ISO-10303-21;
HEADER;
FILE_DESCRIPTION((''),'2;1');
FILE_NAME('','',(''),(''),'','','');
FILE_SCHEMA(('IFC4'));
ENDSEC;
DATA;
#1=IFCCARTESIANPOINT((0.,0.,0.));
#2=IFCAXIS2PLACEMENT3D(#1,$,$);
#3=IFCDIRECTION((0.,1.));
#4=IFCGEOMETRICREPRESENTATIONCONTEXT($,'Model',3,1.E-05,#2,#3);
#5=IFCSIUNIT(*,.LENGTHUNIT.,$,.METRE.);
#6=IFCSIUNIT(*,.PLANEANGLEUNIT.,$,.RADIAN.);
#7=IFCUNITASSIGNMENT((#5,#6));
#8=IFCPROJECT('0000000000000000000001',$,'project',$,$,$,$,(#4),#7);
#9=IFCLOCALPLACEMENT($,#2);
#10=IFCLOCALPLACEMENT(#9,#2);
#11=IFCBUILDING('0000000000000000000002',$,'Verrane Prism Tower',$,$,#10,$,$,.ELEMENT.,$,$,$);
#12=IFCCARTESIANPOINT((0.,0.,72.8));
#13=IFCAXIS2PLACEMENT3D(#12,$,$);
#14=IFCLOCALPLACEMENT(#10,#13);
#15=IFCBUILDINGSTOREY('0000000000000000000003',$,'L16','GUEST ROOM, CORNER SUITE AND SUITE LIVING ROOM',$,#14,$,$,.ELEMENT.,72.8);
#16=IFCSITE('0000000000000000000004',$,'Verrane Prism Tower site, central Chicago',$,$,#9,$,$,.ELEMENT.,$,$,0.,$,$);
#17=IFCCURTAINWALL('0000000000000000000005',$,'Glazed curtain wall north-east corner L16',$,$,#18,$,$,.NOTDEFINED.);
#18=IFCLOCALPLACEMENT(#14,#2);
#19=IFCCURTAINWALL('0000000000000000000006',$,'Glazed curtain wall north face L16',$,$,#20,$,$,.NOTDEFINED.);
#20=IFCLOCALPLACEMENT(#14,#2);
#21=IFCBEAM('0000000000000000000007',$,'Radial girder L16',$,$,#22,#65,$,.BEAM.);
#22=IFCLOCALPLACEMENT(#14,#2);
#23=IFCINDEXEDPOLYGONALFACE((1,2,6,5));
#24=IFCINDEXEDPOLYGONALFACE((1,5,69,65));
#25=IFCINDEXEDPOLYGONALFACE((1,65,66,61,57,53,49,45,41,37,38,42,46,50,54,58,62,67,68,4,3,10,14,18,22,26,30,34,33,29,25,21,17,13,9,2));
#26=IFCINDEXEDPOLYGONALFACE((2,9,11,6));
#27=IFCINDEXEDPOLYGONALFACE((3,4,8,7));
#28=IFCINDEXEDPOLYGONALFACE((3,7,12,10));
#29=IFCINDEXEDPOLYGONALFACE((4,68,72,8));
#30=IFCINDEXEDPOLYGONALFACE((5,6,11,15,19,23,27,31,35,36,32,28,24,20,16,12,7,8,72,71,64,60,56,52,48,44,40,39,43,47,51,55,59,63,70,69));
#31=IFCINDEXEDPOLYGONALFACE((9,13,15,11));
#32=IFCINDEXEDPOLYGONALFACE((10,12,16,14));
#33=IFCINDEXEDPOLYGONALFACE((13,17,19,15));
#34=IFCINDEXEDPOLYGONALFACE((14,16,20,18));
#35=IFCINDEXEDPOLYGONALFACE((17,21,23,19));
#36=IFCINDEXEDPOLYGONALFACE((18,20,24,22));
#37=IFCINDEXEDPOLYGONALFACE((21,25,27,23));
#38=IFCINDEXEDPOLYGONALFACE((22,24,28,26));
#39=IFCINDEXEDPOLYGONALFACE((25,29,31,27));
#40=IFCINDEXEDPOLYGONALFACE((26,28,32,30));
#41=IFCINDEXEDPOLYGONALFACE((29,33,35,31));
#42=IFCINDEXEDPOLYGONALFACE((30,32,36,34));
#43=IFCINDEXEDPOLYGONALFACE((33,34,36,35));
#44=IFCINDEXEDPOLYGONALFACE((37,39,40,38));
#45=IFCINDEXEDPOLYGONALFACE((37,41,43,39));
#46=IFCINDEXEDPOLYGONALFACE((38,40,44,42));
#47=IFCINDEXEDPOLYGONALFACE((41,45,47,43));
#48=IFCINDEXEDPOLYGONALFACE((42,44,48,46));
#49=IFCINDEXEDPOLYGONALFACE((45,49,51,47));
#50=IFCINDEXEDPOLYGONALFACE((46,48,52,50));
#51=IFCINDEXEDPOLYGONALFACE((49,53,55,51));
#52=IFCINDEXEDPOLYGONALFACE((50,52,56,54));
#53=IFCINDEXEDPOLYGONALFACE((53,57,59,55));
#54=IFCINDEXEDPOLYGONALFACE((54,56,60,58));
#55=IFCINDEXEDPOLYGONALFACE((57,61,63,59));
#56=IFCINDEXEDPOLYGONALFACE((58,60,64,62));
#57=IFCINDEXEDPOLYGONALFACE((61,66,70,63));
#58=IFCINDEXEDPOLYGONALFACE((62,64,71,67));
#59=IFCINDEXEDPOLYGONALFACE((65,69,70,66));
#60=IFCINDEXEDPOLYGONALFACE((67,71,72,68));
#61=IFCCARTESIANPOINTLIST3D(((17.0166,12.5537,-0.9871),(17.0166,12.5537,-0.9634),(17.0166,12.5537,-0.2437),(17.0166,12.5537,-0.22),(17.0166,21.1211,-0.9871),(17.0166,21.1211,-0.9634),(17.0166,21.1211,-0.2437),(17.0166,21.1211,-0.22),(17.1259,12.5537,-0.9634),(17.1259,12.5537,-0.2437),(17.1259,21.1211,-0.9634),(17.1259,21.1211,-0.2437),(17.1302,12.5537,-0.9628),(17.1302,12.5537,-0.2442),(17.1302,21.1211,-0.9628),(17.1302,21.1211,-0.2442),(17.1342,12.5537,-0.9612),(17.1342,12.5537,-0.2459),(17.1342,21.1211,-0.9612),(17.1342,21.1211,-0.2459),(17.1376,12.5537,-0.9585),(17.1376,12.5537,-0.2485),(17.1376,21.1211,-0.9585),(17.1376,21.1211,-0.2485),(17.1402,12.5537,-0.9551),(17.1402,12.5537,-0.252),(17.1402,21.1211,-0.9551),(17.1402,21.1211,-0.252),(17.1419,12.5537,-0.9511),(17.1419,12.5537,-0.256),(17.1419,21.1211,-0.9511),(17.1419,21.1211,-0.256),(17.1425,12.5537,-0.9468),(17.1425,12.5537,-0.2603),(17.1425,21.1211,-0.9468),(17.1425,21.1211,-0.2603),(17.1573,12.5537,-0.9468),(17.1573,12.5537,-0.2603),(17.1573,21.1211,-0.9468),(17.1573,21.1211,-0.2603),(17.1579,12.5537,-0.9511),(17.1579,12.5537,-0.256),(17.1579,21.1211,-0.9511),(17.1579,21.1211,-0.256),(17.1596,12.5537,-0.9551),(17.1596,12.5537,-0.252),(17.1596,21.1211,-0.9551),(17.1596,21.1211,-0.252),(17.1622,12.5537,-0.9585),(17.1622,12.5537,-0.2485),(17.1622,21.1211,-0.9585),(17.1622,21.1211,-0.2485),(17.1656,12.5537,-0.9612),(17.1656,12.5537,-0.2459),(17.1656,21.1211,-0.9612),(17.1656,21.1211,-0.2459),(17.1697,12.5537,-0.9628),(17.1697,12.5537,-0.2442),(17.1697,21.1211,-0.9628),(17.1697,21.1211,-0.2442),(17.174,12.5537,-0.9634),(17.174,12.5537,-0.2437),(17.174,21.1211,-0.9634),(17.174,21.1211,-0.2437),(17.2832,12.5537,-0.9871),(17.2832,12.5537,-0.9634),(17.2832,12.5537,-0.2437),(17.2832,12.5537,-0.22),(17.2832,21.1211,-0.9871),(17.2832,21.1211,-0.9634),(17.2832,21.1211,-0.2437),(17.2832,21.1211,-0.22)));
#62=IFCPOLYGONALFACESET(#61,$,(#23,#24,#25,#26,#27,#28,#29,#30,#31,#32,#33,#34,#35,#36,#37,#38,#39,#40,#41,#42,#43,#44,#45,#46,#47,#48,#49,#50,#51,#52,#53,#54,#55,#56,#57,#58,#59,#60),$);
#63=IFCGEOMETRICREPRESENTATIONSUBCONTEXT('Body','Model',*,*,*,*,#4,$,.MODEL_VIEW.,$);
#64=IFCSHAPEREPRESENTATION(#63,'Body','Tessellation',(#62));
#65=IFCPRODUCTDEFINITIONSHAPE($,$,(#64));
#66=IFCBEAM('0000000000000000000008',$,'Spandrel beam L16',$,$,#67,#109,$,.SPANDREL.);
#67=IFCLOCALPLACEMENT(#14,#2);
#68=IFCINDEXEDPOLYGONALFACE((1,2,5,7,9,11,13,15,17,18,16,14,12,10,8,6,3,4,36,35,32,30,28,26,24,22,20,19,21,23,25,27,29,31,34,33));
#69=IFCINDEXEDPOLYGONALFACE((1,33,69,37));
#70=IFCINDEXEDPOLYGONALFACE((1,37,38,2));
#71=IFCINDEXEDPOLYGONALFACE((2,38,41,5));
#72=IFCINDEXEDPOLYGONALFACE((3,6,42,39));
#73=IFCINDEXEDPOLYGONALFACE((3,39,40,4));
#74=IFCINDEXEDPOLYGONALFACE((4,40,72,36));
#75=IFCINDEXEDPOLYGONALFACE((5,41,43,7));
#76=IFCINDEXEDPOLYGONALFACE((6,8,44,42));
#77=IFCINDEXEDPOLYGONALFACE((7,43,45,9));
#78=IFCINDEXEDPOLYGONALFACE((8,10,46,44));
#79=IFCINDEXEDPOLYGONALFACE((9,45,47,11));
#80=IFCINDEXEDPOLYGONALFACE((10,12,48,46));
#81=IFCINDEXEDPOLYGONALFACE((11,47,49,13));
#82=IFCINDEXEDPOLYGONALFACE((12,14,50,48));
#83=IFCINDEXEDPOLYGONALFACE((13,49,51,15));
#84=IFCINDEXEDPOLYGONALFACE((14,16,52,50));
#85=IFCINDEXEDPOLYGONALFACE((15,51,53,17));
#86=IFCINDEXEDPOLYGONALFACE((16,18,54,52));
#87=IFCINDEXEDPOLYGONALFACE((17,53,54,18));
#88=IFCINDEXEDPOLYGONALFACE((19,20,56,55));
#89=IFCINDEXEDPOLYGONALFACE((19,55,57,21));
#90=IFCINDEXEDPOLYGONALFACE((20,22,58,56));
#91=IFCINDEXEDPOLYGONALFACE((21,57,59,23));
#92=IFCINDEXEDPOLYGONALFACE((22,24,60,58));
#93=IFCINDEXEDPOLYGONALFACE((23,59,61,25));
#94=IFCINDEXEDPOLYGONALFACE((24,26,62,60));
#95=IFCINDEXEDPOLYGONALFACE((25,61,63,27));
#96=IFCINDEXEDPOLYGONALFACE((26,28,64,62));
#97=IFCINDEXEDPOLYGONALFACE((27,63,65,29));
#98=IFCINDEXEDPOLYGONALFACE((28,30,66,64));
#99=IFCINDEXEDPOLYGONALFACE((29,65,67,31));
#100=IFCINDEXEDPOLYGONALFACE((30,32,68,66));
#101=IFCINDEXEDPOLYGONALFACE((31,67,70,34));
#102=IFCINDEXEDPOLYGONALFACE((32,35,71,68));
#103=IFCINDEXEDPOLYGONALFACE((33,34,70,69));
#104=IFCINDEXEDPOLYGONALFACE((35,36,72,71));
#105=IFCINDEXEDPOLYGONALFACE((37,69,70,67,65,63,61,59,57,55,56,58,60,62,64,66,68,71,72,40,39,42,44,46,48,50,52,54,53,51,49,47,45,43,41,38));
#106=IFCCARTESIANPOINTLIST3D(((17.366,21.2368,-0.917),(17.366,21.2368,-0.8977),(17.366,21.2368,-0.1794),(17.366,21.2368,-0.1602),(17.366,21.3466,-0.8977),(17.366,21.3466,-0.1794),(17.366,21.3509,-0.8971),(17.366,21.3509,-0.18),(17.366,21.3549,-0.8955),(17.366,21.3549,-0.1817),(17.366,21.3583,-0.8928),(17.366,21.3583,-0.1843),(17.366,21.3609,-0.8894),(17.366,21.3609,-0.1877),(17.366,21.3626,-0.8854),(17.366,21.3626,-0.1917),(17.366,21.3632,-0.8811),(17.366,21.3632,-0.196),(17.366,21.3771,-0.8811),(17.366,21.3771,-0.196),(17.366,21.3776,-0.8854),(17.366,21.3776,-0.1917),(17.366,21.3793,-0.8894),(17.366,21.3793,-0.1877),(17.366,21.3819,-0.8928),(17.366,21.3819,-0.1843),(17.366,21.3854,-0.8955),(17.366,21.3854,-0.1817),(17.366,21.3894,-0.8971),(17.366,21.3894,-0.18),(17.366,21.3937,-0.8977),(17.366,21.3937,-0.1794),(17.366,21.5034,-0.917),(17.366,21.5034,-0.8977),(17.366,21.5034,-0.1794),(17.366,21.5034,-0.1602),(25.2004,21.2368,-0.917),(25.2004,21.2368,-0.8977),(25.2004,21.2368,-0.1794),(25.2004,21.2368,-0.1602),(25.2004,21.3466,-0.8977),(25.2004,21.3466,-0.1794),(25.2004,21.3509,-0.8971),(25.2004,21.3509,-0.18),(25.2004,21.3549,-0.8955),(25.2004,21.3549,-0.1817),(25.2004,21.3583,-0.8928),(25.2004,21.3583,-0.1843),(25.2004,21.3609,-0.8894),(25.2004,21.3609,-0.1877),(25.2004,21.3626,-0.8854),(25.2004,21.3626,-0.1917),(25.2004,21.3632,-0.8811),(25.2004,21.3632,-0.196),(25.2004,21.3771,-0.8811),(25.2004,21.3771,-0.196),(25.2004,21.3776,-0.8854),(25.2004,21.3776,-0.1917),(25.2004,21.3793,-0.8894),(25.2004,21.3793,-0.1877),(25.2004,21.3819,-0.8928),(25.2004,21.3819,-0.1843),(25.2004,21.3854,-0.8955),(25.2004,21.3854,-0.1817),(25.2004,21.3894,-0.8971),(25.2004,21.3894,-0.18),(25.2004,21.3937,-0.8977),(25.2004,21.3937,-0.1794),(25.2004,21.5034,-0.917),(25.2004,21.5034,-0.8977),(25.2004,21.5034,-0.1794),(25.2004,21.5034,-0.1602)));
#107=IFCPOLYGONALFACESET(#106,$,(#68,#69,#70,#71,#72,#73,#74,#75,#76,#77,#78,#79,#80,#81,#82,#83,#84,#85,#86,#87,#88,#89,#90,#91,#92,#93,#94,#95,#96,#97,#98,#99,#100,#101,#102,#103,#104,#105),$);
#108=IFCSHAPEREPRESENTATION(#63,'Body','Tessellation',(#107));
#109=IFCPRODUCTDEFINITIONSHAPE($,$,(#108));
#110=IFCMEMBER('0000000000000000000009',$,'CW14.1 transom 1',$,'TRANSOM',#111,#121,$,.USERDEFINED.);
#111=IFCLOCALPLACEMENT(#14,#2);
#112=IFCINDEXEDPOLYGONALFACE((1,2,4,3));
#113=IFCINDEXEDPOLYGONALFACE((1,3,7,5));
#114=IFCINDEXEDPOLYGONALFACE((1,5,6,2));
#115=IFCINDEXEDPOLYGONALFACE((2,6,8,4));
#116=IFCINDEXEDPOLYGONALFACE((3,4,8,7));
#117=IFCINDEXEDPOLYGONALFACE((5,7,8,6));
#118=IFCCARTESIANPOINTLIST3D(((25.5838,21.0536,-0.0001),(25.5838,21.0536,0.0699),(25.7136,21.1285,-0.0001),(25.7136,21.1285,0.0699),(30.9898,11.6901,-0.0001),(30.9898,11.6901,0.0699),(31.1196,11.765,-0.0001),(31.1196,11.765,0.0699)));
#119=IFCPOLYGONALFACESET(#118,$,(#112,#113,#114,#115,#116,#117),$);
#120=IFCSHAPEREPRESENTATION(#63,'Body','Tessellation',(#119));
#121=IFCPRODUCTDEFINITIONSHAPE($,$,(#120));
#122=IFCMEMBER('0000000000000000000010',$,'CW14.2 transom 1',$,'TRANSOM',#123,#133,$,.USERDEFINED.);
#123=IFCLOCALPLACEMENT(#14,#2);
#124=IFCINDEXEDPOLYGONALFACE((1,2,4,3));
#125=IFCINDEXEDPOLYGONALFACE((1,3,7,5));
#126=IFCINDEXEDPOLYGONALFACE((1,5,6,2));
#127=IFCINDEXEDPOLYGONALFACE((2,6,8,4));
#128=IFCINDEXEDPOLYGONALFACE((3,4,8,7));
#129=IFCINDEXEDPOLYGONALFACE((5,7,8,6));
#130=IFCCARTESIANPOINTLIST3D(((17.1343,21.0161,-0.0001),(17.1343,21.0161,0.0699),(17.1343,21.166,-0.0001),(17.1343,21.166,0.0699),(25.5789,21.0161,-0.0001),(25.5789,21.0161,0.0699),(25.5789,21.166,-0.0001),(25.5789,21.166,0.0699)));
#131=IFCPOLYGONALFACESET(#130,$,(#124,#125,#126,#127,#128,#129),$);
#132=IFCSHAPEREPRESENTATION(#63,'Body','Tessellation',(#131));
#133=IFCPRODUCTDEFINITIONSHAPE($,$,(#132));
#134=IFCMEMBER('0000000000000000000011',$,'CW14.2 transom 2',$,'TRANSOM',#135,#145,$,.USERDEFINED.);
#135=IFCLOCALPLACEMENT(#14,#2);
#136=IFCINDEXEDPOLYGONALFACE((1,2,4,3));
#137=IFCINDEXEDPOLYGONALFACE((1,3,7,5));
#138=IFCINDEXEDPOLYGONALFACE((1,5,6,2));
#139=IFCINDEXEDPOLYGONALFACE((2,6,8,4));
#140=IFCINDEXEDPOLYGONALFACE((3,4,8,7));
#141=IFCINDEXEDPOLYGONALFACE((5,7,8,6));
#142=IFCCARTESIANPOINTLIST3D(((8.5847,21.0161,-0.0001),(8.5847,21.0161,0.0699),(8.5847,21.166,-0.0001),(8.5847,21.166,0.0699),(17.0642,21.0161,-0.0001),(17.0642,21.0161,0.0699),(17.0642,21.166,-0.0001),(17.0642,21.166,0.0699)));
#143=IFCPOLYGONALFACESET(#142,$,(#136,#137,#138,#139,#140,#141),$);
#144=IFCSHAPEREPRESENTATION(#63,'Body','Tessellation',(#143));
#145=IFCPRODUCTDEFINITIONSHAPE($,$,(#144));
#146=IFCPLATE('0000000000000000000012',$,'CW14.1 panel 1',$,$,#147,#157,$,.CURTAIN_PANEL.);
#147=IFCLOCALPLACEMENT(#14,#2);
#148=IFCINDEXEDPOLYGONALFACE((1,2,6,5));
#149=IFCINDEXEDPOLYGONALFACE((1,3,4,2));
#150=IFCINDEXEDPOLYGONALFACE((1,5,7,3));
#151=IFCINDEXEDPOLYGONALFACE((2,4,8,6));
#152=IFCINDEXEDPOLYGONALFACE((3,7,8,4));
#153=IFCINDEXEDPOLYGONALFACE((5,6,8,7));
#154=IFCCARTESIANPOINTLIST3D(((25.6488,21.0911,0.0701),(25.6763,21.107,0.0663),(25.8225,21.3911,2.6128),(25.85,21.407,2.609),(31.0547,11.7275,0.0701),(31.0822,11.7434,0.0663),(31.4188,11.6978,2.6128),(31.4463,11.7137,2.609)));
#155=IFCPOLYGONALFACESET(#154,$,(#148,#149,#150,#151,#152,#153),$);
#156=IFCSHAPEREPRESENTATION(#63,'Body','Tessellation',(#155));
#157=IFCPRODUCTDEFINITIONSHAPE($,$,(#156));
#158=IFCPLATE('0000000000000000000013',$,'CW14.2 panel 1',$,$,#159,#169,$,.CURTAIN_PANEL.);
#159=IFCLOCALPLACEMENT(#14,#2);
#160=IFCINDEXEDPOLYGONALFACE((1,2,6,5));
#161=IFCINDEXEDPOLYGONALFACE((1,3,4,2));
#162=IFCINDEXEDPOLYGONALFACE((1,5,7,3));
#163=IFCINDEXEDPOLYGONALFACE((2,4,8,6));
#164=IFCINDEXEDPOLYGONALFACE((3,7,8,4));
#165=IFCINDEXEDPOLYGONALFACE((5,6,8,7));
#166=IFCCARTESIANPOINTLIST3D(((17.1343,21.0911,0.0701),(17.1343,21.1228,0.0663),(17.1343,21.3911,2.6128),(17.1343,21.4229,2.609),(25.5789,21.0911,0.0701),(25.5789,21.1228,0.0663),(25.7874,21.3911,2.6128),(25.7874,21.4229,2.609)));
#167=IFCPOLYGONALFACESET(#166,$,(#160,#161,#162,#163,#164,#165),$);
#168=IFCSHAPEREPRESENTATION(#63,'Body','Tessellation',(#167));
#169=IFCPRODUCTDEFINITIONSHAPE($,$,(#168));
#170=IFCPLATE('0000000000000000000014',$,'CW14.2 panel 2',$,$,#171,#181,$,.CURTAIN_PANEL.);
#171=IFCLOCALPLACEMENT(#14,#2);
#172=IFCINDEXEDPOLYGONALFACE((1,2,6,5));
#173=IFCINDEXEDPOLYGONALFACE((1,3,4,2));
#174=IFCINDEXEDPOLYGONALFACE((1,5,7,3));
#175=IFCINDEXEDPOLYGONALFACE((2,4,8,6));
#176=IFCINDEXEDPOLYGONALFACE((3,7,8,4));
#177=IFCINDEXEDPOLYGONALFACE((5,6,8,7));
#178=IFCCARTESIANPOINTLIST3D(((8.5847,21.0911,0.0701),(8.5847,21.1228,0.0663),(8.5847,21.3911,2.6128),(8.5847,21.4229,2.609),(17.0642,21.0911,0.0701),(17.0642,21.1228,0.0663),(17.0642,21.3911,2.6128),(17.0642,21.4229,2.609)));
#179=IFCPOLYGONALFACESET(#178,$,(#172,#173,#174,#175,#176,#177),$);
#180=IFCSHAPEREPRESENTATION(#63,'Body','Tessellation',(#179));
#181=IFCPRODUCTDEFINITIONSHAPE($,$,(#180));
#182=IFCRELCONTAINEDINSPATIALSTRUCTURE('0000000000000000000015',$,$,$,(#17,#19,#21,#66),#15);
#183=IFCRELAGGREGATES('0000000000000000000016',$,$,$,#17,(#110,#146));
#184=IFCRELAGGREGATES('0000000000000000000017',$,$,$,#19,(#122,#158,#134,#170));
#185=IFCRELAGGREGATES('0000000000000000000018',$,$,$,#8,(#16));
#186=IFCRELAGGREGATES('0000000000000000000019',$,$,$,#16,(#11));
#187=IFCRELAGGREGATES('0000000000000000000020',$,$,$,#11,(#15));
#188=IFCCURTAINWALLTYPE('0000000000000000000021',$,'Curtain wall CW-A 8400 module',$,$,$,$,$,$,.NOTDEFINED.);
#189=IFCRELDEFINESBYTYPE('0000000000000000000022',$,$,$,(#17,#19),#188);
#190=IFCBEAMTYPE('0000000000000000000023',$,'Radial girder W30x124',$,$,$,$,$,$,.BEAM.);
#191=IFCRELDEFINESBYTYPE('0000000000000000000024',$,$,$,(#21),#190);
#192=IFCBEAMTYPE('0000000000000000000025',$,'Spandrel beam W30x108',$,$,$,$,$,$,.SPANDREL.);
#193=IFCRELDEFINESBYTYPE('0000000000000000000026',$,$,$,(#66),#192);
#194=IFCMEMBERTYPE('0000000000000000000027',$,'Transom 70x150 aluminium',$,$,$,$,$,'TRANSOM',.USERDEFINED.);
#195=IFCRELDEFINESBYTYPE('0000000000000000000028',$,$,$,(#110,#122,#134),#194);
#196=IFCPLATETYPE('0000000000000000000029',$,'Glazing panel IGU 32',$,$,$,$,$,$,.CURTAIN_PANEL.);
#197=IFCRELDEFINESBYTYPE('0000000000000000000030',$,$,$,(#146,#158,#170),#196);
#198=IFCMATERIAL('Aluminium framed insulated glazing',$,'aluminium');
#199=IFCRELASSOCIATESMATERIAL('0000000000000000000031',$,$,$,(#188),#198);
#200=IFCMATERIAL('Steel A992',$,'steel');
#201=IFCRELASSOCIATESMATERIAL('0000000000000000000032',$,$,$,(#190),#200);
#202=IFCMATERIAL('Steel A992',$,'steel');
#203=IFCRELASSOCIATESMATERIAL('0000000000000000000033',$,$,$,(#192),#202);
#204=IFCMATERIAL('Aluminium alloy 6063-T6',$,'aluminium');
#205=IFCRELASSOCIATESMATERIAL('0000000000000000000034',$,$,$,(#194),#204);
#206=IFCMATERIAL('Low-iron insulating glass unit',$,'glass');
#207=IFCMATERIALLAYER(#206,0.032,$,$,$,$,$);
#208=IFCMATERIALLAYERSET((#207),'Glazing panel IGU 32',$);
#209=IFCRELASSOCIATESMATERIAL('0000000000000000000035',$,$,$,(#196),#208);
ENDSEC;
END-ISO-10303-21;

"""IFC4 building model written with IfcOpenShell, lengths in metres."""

from ifc_helpers import new_model, si_unit, direction, frame, origin, origin_2d, place, context, subcontext, project, spatial, polyline, rectangle, i_section, outline, extrude, material, layer, layer_set, material_profile, profile_set, type_object, element, aggregate, save


model = new_model("IFC4")

# Units and contexts
model_context = context("Model", 3, precision=1e-05, world=origin(), true_north=direction((0.0, 1.0)))
body_context = subcontext(model_context, "Body", "Model", "MODEL_VIEW")
ifc_project = project(units=[si_unit("LENGTHUNIT", "METRE"), si_unit("PLANEANGLEUNIT", "RADIAN")], contexts=[model_context])

# Site, building, storey
site_placement = place(None, origin())
site = spatial("IfcSite", under=ifc_project, at=site_placement, Name="Verrane Prism Tower site, central Chicago", CompositionType="ELEMENT", RefElevation=0.0)
building_placement = place(site_placement, origin())
building = spatial("IfcBuilding", under=site, at=building_placement, Name="Verrane Prism Tower", CompositionType="ELEMENT")
storey_placement = place(building_placement, frame((0.0, 0.0, 72.8)))
storey = spatial("IfcBuildingStorey", under=building, at=storey_placement, Name="L16", Description="GUEST ROOM, CORNER SUITE AND SUITE LIVING ROOM", CompositionType="ELEMENT", Elevation=72.8)

# Curtain wall
ifc_material_1 = material(Name="Aluminium framed insulated glazing", Category="aluminium")
curtain_wall_type = type_object("IfcCurtainWallType", Name="Curtain wall CW-A 8400 module", PredefinedType="NOTDEFINED", material=ifc_material_1)
curtain_wall_1_placement = place(storey_placement, origin())
curtain_wall_1 = element("IfcCurtainWall", 1, at=curtain_wall_1_placement, inside=storey, type_object=curtain_wall_type, Name="Glazed curtain wall north-east corner L16", PredefinedType="NOTDEFINED")

# Curtain wall
curtain_wall_2_placement = place(storey_placement, origin())
curtain_wall_2 = element("IfcCurtainWall", 2, at=curtain_wall_2_placement, inside=storey, type_object=curtain_wall_type, Name="Glazed curtain wall north face L16", PredefinedType="NOTDEFINED")

# Beams
ifc_material_2 = material(Name="Steel A992", Category="steel")
ifc_material_profile_1 = material_profile(ifc_material_2, i_section(OverallWidth=0.2666, OverallDepth=0.7671, WebThickness=0.0149, FlangeThickness=0.0237, FilletRadius=0.0166, at=origin_2d()), Name="W30x124")
ifc_profile_set_1 = profile_set([ifc_material_profile_1], Name="Steel A992")
beam_type_1 = type_object("IfcBeamType", Name="Radial girder W30x124", PredefinedType="BEAM", material=ifc_profile_set_1)
beam_1_placement = place(storey_placement, frame((17.1499, 21.1211, -0.6035), z_axis=(0.0, -1.0, 0.0), x_axis=(1.0, 0.0, 0.0)))
element("IfcBeam", 3, at=beam_1_placement, inside=storey, type_object=beam_type_1, Name="Radial girder L16", PredefinedType="BEAM", context=body_context, shape_type="SweptSolid", body=[
    extrude(i_section(OverallWidth=0.2666, OverallDepth=0.7671, WebThickness=0.0149, FlangeThickness=0.0237, FilletRadius=0.0166, at=origin_2d()), origin(), (0.0, 0.0, 1.0), 8.5674),
])
ifc_material_3 = material(Name="Steel A992", Category="steel")
ifc_material_profile_2 = material_profile(ifc_material_3, i_section(OverallWidth=0.2666, OverallDepth=0.7568, WebThickness=0.0139, FlangeThickness=0.0193, FilletRadius=0.0166, at=origin_2d()), Name="W30x108")
ifc_profile_set_2 = profile_set([ifc_material_profile_2], Name="Steel A992")
beam_type_2 = type_object("IfcBeamType", Name="Spandrel beam W30x108", PredefinedType="SPANDREL", material=ifc_profile_set_2)
beam_2_placement = place(storey_placement, frame((25.2004, 21.3701, -0.5386), z_axis=(-1.0, 0.0, 0.0), x_axis=(0.0, -1.0, 0.0)))
element("IfcBeam", 4, at=beam_2_placement, inside=storey, type_object=beam_type_2, Name="Spandrel beam L16", PredefinedType="SPANDREL", context=body_context, shape_type="SweptSolid", body=[
    extrude(i_section(OverallWidth=0.2666, OverallDepth=0.7568, WebThickness=0.0139, FlangeThickness=0.0193, FilletRadius=0.0166, at=origin_2d()), origin(), (0.0, 0.0, 1.0), 7.8345),
])

# Members
ifc_material_4 = material(Name="Aluminium alloy 6063-T6", Category="aluminium")
ifc_material_profile_3 = material_profile(ifc_material_4, rectangle(XDim=0.1499, YDim=0.0701, at=origin_2d()), Name="Transom 70x150 aluminium")
ifc_profile_set_3 = profile_set([ifc_material_profile_3], Name="Aluminium alloy 6063-T6")
member_type_1 = type_object("IfcMemberType", Name="Transom 70x150 aluminium", ElementType="TRANSOM", PredefinedType="USERDEFINED", material=ifc_profile_set_3)
member_1_placement = place(storey_placement, frame((31.0547, 11.7275, 0.0349), z_axis=(-0.499998, 0.866027, 0.0), x_axis=(-0.866027, -0.499998, 0.0)))
member_1 = element("IfcMember", 5, at=member_1_placement, type_object=member_type_1, Name="CW14.1 transom 1", ObjectType="TRANSOM", PredefinedType="USERDEFINED", context=body_context, shape_type="SweptSolid", body=[
    extrude(rectangle(XDim=0.1499, YDim=0.0701, at=origin_2d()), origin(), (0.0, 0.0, 1.0), 10.812),
])
member_2_placement = place(storey_placement, frame((25.5789, 21.0911, 0.0349), z_axis=(-1.0, 0.0, 0.0), x_axis=(0.0, -1.0, 0.0)))
member_2 = element("IfcMember", 6, at=member_2_placement, type_object=member_type_1, Name="CW14.2 transom 1", ObjectType="TRANSOM", PredefinedType="USERDEFINED", context=body_context, shape_type="SweptSolid", body=[
    extrude(rectangle(XDim=0.1499, YDim=0.0701, at=origin_2d()), origin(), (0.0, 0.0, 1.0), 8.4446),
])
member_3_placement = place(storey_placement, frame((17.0642, 21.0911, 0.0349), z_axis=(-1.0, 0.0, 0.0), x_axis=(0.0, -1.0, 0.0)))
member_3 = element("IfcMember", 7, at=member_3_placement, type_object=member_type_1, Name="CW14.2 transom 2", ObjectType="TRANSOM", PredefinedType="USERDEFINED", context=body_context, shape_type="SweptSolid", body=[
    extrude(rectangle(XDim=0.1499, YDim=0.0701, at=origin_2d()), origin(), (0.0, 0.0, 1.0), 8.4795),
])

# Plates
ifc_material_5 = material(Name="Low-iron insulating glass unit", Category="glass")
ifc_layer_1 = layer(ifc_material_5, 0.032)
ifc_layer_set_1 = layer_set([ifc_layer_1], Name="Glazing panel IGU 32")
plate_type = type_object("IfcPlateType", Name="Glazing panel IGU 32", PredefinedType="CURTAIN_PANEL", material=ifc_layer_set_1)
plate_1_placement = place(storey_placement, frame((31.0547, 11.7275, 0.0701), z_axis=(-0.860048, -0.496535, 0.117348), x_axis=(-0.49999, 0.866031, -0.000001)))
plate_1 = element("IfcPlate", 8, at=plate_1_placement, type_object=plate_type, Name="CW14.1 panel 1", PredefinedType="CURTAIN_PANEL", context=body_context, shape_type="SweptSolid", body=[
    extrude(outline(polyline([(0.0, 0.0), (10.8121, 0.0), (10.985, -2.5604), (-0.2078, -2.5604), (0.0, 0.0)])), origin(), (0.0, 0.0, -1.0), 0.032),
])
aggregate(curtain_wall_1, [member_1, plate_1])
plate_2_placement = place(storey_placement, frame((25.5789, 21.0911, 0.0701), z_axis=(0.0, -0.99311, 0.11719), x_axis=(-1.0, 0.0, 0.0)))
plate_2 = element("IfcPlate", 9, at=plate_2_placement, type_object=plate_type, Name="CW14.2 panel 1", PredefinedType="CURTAIN_PANEL", context=body_context, shape_type="SweptSolid", body=[
    extrude(outline(polyline([(0.0, 0.0), (8.4446, 0.0), (8.4446, -2.5604), (-0.2085, -2.5604), (0.0, 0.0)])), origin(), (0.0, 0.0, -1.0), 0.032),
])
plate_3_placement = place(storey_placement, frame((17.0642, 21.0911, 0.0701), z_axis=(0.0, -0.99311, 0.11719), x_axis=(-1.0, 0.0, 0.0)))
plate_3 = element("IfcPlate", 10, at=plate_3_placement, type_object=plate_type, Name="CW14.2 panel 2", PredefinedType="CURTAIN_PANEL", context=body_context, shape_type="SweptSolid", body=[
    extrude(outline(polyline([(0.0, 0.0), (8.4795, 0.0), (8.4795, -2.5604), (0.0, -2.5604), (0.0, 0.0)])), origin(), (0.0, 0.0, -1.0), 0.032),
])
aggregate(curtain_wall_2, [member_2, plate_2, member_3, plate_3])

save(model, "model.ifc")
